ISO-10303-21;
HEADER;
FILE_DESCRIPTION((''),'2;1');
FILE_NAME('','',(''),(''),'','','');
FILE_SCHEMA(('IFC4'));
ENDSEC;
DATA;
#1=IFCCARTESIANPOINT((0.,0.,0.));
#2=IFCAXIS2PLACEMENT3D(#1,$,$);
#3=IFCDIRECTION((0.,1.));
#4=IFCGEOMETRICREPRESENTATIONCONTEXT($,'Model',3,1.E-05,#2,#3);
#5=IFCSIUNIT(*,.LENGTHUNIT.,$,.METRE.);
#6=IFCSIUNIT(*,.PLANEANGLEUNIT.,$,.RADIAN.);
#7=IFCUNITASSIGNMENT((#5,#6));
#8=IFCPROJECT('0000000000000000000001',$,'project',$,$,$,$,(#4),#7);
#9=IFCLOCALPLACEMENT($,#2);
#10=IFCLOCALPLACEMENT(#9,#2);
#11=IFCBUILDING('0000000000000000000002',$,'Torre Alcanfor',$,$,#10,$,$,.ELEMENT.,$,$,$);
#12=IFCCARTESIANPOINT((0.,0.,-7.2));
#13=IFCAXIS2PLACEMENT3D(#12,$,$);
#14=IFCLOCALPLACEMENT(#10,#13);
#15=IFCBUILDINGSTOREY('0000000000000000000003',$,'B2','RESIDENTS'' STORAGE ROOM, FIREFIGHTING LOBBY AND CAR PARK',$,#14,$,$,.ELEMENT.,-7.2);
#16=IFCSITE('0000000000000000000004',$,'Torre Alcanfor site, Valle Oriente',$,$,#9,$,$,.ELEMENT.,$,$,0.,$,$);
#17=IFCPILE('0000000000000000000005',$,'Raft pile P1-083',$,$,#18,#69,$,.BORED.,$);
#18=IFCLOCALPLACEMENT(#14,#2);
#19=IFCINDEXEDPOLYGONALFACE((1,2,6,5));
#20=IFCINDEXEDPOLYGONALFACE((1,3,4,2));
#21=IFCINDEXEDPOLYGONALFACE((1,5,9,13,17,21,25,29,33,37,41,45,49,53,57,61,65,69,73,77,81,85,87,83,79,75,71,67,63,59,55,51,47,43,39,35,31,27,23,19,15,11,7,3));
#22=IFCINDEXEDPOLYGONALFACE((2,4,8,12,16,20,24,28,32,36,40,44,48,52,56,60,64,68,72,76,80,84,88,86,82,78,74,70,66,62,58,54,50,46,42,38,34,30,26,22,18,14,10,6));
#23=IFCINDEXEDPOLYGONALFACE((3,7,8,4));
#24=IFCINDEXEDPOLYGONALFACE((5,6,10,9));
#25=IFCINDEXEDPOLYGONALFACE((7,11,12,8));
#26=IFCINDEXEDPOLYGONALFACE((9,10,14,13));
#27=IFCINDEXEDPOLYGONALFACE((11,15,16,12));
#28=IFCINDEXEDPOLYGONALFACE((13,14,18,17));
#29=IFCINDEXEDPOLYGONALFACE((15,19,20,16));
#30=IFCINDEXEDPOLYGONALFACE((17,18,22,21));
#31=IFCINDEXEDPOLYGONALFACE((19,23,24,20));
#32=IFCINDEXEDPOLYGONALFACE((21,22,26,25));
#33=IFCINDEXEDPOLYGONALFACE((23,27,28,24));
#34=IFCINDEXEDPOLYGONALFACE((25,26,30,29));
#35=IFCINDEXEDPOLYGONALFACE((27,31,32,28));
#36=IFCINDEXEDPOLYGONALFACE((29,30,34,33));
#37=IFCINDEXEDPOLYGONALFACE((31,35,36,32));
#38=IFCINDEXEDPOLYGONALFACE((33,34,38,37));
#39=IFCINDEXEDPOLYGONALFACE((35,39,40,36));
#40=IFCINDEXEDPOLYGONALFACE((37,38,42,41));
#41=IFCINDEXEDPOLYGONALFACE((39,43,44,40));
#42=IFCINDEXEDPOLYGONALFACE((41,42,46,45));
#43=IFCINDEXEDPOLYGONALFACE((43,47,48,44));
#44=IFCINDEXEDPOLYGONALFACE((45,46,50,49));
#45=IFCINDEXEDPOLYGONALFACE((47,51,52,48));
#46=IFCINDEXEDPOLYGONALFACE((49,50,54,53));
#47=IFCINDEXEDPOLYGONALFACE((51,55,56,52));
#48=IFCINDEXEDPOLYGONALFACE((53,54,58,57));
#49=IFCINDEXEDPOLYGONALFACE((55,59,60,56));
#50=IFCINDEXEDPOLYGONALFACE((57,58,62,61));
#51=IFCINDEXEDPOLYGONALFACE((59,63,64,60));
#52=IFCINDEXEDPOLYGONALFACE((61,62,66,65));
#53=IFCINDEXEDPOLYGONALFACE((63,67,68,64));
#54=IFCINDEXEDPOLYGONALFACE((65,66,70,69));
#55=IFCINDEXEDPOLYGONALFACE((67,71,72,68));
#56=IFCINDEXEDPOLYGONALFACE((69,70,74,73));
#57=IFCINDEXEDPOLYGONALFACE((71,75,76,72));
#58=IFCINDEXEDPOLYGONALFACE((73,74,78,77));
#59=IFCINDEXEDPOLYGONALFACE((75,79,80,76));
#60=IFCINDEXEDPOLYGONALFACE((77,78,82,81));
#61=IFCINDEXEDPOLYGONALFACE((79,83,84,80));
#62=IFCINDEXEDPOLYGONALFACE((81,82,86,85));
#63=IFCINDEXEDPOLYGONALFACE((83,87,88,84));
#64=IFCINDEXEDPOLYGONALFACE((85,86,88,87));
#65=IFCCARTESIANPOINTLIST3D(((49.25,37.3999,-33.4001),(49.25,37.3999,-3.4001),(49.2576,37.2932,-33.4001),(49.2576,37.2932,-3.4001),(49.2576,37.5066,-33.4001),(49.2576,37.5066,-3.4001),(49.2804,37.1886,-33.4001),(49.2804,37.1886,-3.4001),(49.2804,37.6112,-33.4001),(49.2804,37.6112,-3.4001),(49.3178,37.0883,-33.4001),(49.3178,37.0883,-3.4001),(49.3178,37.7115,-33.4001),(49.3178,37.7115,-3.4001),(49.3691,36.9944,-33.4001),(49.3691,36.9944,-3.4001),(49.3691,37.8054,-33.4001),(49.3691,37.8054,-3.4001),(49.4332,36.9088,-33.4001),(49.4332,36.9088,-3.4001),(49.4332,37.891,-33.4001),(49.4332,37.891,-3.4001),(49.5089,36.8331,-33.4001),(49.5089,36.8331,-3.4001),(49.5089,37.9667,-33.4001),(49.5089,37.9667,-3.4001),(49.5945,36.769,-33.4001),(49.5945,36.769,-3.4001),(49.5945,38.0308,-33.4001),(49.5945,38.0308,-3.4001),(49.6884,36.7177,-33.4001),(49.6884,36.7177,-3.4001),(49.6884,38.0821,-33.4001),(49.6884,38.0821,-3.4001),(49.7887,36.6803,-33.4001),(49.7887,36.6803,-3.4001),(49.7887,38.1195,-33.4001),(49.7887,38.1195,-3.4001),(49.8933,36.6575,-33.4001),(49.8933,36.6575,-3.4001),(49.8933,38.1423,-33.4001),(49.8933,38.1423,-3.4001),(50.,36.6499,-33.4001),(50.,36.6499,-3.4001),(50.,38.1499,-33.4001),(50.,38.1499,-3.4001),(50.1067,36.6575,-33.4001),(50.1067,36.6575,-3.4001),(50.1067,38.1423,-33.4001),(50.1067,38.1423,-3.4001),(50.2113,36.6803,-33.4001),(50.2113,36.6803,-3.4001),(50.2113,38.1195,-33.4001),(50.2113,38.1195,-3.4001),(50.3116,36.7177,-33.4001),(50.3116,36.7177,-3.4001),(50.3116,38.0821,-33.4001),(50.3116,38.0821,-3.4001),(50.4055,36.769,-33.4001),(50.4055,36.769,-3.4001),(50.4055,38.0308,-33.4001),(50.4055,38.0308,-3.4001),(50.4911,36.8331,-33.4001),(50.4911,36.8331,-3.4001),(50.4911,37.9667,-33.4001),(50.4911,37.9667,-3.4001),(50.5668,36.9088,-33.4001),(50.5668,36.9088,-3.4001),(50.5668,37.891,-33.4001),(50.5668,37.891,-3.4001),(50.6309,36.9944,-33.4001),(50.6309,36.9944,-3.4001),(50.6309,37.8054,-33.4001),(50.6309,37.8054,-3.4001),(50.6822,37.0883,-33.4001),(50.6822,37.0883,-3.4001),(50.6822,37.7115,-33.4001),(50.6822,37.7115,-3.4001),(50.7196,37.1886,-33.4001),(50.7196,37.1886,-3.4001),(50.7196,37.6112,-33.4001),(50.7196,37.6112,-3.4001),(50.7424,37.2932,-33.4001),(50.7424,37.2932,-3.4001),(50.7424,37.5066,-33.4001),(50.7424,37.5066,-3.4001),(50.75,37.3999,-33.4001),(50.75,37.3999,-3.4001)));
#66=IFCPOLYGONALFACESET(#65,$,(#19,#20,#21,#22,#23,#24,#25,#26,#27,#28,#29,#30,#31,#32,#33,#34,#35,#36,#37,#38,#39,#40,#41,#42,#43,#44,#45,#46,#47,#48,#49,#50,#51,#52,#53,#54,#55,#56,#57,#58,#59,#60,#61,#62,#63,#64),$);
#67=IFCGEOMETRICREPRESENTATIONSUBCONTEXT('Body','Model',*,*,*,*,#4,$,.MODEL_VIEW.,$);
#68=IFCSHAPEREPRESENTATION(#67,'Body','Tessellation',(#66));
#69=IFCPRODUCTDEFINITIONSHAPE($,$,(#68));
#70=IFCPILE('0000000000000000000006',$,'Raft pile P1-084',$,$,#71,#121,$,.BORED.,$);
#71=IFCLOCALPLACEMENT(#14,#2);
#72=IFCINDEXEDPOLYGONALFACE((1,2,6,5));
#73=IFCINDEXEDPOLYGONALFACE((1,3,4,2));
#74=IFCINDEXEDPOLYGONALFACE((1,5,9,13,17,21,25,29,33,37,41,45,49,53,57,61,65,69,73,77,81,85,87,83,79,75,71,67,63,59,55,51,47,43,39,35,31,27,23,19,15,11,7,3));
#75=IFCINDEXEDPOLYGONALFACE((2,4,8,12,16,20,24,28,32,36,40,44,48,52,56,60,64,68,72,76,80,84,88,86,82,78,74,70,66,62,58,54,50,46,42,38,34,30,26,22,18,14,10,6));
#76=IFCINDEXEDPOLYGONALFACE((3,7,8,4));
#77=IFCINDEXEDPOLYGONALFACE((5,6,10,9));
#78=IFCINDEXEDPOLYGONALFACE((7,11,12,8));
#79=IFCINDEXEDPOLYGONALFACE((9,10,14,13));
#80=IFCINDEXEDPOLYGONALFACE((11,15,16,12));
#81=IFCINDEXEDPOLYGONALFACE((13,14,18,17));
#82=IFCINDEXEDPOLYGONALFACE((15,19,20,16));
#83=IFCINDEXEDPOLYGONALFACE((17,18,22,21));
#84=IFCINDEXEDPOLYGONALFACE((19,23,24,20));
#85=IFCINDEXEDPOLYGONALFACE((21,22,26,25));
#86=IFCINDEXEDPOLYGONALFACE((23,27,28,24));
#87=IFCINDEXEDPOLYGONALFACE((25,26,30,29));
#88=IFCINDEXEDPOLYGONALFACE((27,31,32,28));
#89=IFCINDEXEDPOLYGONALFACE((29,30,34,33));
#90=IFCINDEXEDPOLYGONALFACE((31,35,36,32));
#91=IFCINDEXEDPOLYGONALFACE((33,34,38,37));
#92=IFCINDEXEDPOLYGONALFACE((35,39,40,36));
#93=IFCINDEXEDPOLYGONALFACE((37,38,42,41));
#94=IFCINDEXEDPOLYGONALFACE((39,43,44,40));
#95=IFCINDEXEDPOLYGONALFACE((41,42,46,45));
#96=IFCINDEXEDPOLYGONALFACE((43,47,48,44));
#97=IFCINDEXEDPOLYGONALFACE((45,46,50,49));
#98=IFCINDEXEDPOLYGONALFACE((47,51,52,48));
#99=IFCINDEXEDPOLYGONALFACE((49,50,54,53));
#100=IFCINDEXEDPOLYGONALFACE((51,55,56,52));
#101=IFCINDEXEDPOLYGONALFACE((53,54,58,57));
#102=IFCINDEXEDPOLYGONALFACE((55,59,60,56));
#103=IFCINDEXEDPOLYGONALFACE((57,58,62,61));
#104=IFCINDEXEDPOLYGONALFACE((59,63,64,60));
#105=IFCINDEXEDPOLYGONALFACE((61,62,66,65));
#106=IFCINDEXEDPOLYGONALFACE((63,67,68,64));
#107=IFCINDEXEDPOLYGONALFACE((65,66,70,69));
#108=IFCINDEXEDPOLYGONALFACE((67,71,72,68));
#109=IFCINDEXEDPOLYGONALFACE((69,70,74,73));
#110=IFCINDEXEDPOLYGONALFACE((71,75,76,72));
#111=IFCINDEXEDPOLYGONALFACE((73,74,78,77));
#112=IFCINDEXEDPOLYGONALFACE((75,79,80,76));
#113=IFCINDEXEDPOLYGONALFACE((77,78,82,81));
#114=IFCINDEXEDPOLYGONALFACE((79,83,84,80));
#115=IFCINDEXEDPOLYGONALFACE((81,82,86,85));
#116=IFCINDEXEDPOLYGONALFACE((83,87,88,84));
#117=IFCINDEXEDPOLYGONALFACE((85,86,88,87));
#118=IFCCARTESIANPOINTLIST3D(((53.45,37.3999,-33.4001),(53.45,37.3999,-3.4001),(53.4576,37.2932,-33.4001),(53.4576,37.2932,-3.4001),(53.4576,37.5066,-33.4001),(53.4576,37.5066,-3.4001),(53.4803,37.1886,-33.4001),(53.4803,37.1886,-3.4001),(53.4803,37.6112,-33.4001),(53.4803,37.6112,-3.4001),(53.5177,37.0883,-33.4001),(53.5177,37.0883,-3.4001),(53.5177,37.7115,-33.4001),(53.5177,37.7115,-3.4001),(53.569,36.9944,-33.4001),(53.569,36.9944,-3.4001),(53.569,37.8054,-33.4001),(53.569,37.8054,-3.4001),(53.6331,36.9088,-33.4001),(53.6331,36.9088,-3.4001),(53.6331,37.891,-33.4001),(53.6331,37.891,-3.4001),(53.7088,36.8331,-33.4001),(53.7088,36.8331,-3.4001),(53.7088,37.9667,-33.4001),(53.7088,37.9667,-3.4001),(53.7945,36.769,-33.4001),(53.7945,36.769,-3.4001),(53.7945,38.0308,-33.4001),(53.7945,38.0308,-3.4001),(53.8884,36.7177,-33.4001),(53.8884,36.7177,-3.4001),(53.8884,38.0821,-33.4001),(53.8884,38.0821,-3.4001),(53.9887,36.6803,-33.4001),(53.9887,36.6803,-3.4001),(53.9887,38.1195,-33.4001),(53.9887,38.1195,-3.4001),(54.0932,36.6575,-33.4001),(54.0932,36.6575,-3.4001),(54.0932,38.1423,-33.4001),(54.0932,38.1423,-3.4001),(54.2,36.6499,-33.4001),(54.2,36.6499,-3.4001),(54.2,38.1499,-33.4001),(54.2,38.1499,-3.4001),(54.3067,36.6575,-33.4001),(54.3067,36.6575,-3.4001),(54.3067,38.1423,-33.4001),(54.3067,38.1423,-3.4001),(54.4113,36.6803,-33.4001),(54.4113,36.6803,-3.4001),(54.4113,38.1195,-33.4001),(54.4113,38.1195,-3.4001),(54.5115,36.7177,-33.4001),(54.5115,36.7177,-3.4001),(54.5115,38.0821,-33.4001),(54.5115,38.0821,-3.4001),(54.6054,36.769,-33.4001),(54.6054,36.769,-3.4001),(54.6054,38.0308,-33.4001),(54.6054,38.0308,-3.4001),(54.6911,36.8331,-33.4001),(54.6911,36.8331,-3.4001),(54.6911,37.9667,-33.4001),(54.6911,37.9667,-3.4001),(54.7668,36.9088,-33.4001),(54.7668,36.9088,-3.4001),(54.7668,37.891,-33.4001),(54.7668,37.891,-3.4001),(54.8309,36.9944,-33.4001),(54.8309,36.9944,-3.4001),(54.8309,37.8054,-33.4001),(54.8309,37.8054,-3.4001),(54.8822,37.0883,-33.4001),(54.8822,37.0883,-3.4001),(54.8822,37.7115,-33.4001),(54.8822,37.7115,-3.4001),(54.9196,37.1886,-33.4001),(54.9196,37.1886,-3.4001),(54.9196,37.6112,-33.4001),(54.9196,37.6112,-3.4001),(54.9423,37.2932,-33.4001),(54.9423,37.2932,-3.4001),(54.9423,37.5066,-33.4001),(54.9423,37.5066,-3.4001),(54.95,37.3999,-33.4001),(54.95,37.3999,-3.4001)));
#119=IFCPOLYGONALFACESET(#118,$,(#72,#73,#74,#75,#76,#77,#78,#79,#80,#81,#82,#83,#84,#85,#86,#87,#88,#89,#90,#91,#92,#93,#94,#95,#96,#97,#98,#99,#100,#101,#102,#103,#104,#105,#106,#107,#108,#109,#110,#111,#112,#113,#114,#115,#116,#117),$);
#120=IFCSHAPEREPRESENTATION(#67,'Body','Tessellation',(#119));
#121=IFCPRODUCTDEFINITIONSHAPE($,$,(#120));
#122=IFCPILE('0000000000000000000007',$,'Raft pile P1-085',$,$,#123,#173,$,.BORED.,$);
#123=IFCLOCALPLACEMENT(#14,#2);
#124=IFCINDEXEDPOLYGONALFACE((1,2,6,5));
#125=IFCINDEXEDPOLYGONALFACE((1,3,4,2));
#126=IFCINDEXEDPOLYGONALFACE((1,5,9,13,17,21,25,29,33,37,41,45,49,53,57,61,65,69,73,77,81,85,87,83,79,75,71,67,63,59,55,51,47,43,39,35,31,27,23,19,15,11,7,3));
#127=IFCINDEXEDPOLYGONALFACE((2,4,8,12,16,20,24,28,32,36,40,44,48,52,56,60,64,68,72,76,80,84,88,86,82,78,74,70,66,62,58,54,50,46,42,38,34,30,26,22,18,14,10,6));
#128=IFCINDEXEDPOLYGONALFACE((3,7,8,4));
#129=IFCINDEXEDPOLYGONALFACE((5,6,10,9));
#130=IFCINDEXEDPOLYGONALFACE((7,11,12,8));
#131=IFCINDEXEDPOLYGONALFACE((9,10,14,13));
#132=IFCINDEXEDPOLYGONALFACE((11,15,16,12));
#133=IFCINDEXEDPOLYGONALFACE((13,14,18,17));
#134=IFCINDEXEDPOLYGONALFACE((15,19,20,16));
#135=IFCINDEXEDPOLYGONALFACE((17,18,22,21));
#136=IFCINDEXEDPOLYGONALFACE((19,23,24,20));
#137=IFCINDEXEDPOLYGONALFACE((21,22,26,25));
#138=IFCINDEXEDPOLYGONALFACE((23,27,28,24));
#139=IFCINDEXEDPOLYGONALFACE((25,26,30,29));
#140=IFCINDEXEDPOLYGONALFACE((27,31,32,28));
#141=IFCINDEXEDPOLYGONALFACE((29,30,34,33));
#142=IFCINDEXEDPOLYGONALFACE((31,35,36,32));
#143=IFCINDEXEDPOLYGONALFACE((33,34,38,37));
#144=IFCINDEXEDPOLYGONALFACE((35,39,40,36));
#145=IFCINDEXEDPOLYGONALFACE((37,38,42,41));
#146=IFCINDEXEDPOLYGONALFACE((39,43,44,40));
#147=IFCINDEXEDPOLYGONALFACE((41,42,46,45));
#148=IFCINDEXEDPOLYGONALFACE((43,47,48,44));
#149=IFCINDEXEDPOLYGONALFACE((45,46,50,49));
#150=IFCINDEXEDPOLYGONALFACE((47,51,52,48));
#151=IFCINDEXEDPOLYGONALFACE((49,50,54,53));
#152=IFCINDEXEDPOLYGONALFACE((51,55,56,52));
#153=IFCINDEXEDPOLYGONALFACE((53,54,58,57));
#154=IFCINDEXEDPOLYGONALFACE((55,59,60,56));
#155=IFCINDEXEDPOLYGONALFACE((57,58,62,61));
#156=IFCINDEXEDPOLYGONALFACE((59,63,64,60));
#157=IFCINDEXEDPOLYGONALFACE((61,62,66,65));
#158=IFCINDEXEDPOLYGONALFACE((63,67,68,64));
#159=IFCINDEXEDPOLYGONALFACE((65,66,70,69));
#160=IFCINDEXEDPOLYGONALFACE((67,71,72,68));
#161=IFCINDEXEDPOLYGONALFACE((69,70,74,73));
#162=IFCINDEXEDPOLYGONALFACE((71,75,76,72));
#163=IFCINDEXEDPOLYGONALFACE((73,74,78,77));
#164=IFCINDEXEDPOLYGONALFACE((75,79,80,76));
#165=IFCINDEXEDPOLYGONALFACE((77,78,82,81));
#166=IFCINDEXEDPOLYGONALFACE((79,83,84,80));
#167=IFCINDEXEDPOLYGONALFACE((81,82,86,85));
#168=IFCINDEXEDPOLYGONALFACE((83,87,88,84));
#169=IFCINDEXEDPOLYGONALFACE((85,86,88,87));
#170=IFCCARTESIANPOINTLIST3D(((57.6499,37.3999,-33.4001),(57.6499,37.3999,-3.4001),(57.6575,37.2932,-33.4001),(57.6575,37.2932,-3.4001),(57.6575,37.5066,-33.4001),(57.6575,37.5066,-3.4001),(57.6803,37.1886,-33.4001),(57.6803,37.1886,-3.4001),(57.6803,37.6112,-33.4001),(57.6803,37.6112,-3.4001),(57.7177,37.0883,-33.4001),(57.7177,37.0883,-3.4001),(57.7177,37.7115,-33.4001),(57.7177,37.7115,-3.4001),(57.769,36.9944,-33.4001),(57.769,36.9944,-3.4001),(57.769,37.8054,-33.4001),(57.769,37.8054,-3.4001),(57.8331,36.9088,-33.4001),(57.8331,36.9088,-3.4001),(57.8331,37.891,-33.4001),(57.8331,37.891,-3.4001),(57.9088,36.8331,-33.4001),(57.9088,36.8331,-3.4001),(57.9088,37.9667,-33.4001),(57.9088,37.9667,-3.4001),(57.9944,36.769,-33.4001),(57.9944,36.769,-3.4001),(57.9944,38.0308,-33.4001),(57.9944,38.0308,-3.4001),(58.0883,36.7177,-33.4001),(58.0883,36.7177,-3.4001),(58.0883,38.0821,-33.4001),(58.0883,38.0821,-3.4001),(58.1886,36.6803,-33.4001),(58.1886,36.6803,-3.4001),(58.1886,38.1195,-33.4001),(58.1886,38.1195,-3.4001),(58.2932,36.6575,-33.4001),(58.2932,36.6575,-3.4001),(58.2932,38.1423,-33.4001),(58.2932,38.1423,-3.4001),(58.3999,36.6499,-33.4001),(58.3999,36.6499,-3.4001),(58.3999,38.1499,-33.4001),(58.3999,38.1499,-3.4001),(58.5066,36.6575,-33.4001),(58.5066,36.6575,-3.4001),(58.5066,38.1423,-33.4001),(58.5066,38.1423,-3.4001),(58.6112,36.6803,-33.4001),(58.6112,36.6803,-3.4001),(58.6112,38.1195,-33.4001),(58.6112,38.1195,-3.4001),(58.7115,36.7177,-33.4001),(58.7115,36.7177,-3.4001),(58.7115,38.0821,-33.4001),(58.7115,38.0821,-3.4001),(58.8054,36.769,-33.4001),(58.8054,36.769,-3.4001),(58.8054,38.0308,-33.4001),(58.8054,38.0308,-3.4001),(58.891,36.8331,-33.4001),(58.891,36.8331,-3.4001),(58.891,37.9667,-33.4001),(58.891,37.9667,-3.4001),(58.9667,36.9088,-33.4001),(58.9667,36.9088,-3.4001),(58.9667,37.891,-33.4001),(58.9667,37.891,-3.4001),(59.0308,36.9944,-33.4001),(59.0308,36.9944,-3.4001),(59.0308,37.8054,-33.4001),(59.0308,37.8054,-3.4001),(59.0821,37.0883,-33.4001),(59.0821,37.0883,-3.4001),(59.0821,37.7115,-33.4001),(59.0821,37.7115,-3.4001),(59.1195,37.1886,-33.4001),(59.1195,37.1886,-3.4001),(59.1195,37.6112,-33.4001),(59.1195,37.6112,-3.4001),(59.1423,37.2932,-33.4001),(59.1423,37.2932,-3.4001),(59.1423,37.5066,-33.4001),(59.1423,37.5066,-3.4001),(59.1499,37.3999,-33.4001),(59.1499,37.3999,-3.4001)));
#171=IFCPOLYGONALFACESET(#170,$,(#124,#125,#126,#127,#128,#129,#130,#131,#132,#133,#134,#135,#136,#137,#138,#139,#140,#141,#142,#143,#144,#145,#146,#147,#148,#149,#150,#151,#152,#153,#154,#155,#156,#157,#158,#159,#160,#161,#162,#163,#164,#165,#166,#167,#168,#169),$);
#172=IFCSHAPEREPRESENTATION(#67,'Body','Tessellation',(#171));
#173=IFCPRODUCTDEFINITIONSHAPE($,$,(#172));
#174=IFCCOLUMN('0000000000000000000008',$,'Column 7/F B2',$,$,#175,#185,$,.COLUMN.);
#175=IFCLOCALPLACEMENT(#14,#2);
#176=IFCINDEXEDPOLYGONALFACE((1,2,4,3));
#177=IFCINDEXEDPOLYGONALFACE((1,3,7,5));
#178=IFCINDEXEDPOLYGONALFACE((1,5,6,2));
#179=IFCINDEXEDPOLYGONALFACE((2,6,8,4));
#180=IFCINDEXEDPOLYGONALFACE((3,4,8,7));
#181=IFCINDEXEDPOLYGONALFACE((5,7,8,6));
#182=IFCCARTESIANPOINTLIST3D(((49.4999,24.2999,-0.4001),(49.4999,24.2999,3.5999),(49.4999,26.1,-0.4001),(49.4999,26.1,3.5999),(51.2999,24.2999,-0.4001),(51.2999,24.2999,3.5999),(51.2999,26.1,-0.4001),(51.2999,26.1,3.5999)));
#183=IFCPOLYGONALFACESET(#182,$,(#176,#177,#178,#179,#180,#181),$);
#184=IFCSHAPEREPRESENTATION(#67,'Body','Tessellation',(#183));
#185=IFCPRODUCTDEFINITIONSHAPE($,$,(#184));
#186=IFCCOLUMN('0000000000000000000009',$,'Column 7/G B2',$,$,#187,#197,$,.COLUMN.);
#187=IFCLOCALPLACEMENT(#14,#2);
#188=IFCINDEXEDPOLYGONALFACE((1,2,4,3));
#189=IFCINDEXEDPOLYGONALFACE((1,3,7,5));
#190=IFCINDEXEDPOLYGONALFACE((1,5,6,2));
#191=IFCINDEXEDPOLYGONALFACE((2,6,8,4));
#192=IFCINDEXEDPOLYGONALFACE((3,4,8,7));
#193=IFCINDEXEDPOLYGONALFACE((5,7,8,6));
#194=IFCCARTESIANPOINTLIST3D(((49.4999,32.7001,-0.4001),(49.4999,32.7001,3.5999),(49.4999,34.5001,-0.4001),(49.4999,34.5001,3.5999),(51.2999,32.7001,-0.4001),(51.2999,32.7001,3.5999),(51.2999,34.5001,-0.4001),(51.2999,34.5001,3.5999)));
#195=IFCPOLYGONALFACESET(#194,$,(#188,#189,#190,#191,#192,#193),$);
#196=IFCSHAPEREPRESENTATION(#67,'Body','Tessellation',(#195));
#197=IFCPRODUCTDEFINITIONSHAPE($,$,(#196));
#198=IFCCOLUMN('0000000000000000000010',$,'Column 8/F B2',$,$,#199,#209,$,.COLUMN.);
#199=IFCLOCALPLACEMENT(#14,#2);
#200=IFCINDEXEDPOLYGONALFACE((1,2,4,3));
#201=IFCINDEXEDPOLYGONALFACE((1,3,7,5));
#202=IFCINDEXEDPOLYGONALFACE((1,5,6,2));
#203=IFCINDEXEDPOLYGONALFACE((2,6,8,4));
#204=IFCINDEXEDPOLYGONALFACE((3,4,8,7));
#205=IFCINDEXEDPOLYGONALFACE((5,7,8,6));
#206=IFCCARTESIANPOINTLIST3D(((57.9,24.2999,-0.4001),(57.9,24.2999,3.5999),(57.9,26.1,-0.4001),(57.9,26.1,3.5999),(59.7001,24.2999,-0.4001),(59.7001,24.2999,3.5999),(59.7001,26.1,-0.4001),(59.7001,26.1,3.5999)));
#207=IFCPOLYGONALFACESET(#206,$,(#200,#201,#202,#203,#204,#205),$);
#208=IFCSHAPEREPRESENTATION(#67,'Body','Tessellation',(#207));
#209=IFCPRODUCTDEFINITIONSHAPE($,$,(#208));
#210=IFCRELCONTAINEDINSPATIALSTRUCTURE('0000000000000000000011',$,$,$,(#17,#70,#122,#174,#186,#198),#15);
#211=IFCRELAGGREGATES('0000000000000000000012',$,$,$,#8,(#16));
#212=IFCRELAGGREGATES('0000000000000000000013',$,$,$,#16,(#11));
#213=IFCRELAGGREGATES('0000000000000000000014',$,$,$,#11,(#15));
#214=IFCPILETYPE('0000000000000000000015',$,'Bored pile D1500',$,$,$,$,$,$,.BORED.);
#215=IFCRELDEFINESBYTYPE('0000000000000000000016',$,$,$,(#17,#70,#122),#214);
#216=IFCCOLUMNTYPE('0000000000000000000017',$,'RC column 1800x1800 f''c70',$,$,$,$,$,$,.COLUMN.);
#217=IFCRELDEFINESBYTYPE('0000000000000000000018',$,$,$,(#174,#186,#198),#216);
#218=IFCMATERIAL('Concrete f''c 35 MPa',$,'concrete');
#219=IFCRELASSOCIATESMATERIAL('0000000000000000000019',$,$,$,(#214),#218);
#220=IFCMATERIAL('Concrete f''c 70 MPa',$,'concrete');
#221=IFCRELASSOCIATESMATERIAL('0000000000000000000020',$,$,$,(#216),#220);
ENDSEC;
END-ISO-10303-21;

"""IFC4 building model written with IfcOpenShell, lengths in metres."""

from ifc_helpers import new_model, si_unit, direction, frame, origin, origin_2d, place, context, subcontext, project, spatial, rectangle, circle, extrude, material, material_profile, profile_set, type_object, element, save


model = new_model("IFC4")

# Units and contexts
model_context = context("Model", 3, precision=1e-05, world=origin(), true_north=direction((0.0, 1.0)))
body_context = subcontext(model_context, "Body", "Model", "MODEL_VIEW")
ifc_project = project(units=[si_unit("LENGTHUNIT", "METRE"), si_unit("PLANEANGLEUNIT", "RADIAN")], contexts=[model_context])

# Site, building, storey
site_placement = place(None, origin())
site = spatial("IfcSite", under=ifc_project, at=site_placement, Name="Torre Alcanfor site, Valle Oriente", CompositionType="ELEMENT", RefElevation=0.0)
building_placement = place(site_placement, origin())
building = spatial("IfcBuilding", under=site, at=building_placement, Name="Torre Alcanfor", CompositionType="ELEMENT")
storey_placement = place(building_placement, frame((0.0, 0.0, -7.2)))
storey = spatial("IfcBuildingStorey", under=building, at=storey_placement, Name="B2", Description="RESIDENTS' STORAGE ROOM, FIREFIGHTING LOBBY AND CAR PARK", CompositionType="ELEMENT", Elevation=-7.2)

# Piles
ifc_material_1 = material(Name="Concrete f'c 35 MPa", Category="concrete")
ifc_material_profile_1 = material_profile(ifc_material_1, circle(Radius=0.75, at=origin_2d()), Name="D1500")
ifc_profile_set_1 = profile_set([ifc_material_profile_1], Name="Concrete f'c 35 MPa")
pile_type = type_object("IfcPileType", Name="Bored pile D1500", PredefinedType="BORED", material=ifc_profile_set_1)
for number, where, z_axis, x_axis, name in (
    (1, (50.0, 37.3999, -3.4001), (0.0, 0.0, -1.0), (1.0, 0.0, 0.0), "Raft pile P1-083"),
    (2, (54.2, 37.3999, -3.4001), (0.0, 0.0, -1.0), (1.0, 0.0, 0.0), "Raft pile P1-084"),
    (3, (58.3999, 37.3999, -3.4001), (0.0, 0.0, -1.0), (1.0, 0.0, 0.0), "Raft pile P1-085"),
):
    element("IfcPile", number, at=place(storey_placement, frame(where, z_axis=z_axis, x_axis=x_axis)), inside=storey, type_object=pile_type, Name=name, PredefinedType="BORED", context=body_context, shape_type="SweptSolid", body=[
        extrude(circle(Radius=0.75, at=origin_2d()), origin(), (0.0, 0.0, 1.0), 30.0),
    ])

# Columns
ifc_material_2 = material(Name="Concrete f'c 70 MPa", Category="concrete")
ifc_material_profile_2 = material_profile(ifc_material_2, rectangle(XDim=1.8, YDim=1.8, at=origin_2d()), Name="1800x1800")
ifc_profile_set_2 = profile_set([ifc_material_profile_2], Name="Concrete f'c 70 MPa")
column_type = type_object("IfcColumnType", Name="RC column 1800x1800 f'c70", PredefinedType="COLUMN", material=ifc_profile_set_2)
for number, where, z_axis, x_axis, name in (
    (4, (50.3999, 25.2, -0.4001), (0.0, 0.0, 1.0), (1.0, 0.0, 0.0), "Column 7/F B2"),
    (5, (50.3999, 33.6001, -0.4001), (0.0, 0.0, 1.0), (1.0, 0.0, 0.0), "Column 7/G B2"),
    (6, (58.8, 25.2, -0.4001), (0.0, 0.0, 1.0), (1.0, 0.0, 0.0), "Column 8/F B2"),
):
    element("IfcColumn", number, at=place(storey_placement, frame(where, z_axis=z_axis, x_axis=x_axis)), inside=storey, type_object=column_type, Name=name, PredefinedType="COLUMN", context=body_context, shape_type="SweptSolid", body=[
        extrude(rectangle(XDim=1.8, YDim=1.8, at=origin_2d()), origin(), (0.0, 0.0, 1.0), 4.0),
    ])

save(model, "model.ifc")
